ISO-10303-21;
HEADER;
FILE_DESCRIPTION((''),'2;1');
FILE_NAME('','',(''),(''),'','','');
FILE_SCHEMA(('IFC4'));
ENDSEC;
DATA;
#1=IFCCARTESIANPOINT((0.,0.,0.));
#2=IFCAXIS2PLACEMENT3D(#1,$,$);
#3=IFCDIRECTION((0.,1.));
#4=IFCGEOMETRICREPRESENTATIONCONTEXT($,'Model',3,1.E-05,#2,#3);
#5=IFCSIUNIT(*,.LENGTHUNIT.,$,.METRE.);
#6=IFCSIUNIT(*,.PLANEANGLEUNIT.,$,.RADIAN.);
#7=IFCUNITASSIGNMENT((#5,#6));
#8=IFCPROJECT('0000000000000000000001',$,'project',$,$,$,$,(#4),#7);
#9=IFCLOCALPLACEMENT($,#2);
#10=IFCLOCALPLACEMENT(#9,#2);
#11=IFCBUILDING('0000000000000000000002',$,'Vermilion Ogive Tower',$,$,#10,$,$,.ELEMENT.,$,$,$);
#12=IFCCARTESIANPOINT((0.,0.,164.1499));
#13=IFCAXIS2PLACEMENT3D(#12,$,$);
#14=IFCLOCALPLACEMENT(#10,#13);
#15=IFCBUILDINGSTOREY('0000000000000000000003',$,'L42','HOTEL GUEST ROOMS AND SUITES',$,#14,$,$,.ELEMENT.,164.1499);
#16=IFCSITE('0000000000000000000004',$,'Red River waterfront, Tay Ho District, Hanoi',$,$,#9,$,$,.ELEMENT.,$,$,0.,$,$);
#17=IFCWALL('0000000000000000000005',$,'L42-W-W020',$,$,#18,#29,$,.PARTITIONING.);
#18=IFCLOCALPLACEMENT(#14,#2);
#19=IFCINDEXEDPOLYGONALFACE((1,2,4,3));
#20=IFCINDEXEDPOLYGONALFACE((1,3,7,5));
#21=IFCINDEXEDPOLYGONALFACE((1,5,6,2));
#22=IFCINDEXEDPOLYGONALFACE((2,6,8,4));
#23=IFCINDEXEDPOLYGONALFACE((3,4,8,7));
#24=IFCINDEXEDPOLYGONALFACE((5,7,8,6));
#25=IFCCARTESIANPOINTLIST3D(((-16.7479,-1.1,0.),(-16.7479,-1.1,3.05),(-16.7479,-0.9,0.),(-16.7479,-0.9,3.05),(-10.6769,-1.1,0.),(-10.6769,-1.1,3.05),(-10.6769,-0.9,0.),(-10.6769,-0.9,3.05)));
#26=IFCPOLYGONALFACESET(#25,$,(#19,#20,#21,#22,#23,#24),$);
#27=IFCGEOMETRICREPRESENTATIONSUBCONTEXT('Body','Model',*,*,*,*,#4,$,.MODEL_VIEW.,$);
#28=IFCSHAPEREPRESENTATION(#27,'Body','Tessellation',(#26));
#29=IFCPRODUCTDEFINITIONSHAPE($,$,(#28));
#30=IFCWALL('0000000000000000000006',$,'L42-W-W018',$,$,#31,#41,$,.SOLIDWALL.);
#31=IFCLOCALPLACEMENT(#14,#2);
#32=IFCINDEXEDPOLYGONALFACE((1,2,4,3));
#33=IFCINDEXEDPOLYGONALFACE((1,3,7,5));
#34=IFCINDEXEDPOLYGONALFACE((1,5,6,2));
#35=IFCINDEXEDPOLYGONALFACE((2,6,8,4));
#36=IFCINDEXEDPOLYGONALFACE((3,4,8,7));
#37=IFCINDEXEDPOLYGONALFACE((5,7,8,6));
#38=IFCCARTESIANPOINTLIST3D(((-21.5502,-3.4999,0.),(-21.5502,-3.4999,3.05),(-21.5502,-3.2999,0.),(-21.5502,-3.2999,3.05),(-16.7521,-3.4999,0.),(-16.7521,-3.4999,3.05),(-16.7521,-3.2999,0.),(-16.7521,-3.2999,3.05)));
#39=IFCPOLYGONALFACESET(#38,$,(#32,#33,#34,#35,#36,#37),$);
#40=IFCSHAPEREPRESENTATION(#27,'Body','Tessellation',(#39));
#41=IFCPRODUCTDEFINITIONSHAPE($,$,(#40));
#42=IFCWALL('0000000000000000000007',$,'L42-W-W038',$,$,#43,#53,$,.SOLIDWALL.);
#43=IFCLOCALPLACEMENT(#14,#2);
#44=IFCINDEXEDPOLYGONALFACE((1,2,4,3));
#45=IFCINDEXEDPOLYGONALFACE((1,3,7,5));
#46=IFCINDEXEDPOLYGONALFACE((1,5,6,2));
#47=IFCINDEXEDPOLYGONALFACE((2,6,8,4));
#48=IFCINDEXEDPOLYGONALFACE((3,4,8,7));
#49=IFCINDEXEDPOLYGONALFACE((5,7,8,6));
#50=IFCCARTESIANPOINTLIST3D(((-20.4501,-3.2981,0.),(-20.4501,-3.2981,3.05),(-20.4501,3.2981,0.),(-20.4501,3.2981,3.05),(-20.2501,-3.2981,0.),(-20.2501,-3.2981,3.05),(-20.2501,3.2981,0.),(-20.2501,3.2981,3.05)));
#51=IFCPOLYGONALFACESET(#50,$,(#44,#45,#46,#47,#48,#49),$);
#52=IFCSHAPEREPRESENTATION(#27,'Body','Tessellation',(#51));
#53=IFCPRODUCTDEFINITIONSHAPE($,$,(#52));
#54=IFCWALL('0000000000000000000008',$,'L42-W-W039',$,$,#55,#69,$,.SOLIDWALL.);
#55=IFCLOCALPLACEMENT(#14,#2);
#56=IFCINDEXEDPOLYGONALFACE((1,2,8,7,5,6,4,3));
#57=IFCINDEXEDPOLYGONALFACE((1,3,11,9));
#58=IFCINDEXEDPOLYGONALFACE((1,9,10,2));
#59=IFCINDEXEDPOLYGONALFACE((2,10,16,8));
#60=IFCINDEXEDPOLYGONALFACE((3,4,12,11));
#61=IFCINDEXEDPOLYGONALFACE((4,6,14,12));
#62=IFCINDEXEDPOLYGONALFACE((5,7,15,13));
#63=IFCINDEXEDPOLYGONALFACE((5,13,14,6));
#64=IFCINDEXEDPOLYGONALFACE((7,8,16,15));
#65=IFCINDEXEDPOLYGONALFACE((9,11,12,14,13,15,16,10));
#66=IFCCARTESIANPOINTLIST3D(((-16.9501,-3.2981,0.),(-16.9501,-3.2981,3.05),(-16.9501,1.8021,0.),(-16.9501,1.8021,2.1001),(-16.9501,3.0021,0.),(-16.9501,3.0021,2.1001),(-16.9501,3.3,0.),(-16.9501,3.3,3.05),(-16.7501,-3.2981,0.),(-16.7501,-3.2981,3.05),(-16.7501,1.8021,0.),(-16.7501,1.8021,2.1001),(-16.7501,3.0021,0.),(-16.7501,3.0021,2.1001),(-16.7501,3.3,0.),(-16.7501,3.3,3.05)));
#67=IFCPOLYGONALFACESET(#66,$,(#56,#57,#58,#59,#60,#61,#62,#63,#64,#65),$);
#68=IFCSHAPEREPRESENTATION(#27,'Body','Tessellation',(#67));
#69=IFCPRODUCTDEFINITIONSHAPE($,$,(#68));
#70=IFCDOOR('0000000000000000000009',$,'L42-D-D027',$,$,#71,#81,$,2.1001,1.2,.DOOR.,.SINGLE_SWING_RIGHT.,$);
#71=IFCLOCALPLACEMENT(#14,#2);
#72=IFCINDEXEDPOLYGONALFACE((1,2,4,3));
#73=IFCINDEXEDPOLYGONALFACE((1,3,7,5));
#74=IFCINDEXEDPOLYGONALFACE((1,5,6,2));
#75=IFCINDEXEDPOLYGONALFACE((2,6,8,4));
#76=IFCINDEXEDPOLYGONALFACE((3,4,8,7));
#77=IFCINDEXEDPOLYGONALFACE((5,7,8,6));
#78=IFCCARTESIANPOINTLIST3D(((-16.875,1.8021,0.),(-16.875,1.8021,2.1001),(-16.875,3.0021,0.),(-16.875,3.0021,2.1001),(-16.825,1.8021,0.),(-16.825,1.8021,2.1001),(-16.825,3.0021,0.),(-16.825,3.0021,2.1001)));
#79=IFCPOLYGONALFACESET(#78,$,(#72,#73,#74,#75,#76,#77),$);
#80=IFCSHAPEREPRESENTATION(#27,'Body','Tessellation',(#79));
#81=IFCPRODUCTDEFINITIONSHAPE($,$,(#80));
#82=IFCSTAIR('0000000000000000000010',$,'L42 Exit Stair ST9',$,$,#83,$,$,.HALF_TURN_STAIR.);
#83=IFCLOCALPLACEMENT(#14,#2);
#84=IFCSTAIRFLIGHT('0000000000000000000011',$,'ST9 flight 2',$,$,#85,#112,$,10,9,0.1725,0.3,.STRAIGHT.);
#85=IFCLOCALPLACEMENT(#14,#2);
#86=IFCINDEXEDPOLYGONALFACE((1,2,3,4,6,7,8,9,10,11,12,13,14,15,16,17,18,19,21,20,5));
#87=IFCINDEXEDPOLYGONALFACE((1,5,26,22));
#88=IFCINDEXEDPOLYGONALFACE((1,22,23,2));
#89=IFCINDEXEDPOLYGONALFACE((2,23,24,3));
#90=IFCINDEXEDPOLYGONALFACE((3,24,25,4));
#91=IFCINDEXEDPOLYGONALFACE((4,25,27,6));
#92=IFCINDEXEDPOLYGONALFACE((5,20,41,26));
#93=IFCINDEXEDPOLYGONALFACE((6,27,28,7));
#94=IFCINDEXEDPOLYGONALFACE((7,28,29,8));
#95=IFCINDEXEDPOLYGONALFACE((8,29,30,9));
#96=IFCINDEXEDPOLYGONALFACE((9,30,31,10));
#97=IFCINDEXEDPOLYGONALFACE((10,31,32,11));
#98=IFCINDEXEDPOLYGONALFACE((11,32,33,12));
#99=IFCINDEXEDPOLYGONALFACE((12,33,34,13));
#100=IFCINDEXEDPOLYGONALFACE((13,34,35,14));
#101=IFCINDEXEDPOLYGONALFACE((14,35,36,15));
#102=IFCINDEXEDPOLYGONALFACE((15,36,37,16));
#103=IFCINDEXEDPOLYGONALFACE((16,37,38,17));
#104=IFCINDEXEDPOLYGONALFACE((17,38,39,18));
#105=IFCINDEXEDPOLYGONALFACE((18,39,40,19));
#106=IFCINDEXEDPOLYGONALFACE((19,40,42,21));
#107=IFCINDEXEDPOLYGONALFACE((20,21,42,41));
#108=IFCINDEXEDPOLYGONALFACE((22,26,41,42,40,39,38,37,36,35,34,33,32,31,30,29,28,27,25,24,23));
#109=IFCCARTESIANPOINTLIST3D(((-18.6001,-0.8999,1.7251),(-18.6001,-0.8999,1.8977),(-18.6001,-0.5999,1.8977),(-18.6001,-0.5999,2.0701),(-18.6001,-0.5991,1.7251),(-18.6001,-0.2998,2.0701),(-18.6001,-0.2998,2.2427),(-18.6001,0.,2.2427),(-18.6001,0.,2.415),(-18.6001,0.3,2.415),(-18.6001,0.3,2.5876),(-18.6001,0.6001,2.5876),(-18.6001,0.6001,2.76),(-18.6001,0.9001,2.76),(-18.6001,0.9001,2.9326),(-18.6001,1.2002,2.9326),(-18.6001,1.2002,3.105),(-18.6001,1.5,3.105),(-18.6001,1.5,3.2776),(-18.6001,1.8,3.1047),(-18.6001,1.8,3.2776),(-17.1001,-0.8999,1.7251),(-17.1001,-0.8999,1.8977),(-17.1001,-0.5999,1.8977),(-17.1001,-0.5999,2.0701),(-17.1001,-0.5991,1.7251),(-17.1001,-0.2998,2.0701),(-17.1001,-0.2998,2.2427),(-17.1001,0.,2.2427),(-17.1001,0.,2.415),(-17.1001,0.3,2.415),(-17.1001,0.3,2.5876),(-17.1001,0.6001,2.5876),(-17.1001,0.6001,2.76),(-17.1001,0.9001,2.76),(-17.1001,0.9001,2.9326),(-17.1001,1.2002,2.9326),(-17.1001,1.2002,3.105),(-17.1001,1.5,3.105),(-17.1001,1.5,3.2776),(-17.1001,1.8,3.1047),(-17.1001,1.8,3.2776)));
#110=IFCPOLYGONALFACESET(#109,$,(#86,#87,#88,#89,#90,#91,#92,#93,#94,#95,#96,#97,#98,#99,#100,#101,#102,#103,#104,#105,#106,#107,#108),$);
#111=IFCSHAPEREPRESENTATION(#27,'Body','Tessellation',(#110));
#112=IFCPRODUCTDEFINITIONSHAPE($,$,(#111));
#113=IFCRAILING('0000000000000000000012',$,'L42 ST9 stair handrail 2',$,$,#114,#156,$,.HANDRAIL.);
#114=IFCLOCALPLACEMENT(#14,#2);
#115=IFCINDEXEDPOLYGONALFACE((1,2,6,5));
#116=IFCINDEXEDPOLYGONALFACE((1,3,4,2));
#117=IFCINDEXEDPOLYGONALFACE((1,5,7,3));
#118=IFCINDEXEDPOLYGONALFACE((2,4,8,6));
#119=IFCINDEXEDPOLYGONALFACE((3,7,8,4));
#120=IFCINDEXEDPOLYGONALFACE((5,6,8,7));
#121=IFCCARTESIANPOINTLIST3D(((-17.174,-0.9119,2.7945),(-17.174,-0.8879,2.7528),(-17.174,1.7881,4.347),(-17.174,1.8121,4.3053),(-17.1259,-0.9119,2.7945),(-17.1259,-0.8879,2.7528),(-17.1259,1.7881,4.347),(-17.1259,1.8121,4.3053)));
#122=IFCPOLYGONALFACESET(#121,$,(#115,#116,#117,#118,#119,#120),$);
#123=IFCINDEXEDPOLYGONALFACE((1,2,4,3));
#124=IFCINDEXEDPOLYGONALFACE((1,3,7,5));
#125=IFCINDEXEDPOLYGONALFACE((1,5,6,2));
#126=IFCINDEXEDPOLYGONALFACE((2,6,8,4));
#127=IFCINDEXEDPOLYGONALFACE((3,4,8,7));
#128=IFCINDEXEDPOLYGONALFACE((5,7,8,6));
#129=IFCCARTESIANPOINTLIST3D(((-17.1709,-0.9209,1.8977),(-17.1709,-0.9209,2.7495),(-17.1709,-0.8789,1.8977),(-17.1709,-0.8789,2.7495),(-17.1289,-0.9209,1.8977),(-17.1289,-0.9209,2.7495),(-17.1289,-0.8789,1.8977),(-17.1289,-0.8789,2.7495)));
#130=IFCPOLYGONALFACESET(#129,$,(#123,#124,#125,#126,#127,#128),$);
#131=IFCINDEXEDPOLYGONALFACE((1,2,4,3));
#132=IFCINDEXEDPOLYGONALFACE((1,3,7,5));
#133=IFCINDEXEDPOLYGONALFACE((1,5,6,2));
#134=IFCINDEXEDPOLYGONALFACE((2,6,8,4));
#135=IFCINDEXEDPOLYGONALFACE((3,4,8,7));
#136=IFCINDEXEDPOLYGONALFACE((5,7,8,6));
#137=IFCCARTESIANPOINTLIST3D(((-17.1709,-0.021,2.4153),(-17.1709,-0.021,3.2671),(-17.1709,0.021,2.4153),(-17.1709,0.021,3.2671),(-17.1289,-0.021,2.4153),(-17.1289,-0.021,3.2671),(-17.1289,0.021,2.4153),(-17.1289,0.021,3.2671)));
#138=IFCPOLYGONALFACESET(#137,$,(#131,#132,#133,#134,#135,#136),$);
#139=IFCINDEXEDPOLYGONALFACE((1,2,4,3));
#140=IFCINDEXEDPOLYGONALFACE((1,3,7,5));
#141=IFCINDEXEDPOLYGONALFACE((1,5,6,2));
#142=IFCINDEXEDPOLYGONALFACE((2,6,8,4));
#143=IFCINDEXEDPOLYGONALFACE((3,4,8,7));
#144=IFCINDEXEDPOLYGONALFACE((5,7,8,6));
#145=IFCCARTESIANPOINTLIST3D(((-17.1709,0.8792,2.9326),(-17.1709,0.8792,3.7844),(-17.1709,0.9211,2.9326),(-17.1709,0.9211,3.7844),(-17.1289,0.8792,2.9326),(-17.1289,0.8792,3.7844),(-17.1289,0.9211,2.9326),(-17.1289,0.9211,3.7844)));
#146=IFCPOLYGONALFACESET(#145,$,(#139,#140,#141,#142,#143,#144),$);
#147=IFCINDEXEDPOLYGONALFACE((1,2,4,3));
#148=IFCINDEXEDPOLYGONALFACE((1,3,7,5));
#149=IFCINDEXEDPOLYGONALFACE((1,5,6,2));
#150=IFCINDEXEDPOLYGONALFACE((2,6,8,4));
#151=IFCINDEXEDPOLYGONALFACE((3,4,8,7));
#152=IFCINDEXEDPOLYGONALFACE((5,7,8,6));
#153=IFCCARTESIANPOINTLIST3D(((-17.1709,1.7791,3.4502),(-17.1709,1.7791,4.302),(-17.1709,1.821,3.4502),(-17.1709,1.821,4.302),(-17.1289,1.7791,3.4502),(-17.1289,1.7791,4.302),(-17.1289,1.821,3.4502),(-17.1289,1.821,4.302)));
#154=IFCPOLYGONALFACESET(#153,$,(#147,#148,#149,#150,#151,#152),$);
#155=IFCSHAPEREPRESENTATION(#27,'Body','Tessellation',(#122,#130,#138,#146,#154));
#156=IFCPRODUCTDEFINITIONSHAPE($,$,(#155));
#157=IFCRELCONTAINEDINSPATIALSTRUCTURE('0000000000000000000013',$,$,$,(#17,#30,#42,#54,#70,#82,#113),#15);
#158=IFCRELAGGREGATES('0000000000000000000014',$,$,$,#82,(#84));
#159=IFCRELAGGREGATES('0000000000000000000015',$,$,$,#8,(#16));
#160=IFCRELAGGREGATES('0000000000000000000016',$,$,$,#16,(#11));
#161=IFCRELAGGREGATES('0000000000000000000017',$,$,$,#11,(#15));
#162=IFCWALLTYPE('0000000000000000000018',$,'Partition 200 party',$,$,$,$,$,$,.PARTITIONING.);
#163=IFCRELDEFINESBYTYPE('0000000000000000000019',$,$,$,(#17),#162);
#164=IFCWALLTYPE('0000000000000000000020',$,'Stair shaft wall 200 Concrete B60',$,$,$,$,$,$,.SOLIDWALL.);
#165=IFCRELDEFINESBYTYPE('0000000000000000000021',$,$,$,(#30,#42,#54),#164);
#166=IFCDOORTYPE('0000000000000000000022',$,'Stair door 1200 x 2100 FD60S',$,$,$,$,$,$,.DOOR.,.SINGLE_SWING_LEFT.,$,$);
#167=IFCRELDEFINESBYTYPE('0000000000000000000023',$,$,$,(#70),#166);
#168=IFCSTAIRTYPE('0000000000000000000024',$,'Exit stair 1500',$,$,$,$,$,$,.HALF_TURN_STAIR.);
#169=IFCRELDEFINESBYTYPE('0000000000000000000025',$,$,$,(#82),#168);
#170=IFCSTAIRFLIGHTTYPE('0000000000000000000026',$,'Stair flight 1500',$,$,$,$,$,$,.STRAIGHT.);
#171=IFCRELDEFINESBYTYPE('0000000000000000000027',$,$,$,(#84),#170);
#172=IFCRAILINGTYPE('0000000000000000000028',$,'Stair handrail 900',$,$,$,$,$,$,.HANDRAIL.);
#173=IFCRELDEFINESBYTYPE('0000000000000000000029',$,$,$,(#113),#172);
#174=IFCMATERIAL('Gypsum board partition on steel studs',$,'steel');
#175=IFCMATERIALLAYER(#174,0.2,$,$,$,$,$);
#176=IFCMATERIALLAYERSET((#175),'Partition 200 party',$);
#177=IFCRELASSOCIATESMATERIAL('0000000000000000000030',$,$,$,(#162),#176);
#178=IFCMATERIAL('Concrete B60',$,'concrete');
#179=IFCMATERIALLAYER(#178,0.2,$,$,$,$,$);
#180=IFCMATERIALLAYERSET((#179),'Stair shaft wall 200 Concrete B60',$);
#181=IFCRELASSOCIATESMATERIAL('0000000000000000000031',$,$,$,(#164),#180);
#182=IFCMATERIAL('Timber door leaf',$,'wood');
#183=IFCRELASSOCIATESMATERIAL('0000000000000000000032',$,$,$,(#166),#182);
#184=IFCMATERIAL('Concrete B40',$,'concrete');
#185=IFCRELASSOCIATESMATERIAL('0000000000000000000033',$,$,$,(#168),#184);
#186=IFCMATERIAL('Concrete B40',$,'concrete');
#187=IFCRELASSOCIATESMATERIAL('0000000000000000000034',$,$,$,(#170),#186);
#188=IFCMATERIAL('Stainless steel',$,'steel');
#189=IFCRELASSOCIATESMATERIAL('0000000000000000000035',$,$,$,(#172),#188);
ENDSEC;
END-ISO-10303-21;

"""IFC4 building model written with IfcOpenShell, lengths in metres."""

from ifc_helpers import new_model, si_unit, direction, frame, frame_2d, origin, origin_2d, place, context, subcontext, project, spatial, polyline, rectangle, outline, extrude, material, layer, layer_set, type_object, element, fill, aggregate, save


model = new_model("IFC4")

# Units and contexts
model_context = context("Model", 3, precision=1e-05, world=origin(), true_north=direction((0.0, 1.0)))
body_context = subcontext(model_context, "Body", "Model", "MODEL_VIEW")
ifc_project = project(units=[si_unit("LENGTHUNIT", "METRE"), si_unit("PLANEANGLEUNIT", "RADIAN")], contexts=[model_context])

# Site, building, storey
site_placement = place(None, origin())
site = spatial("IfcSite", under=ifc_project, at=site_placement, Name="Red River waterfront, Tay Ho District, Hanoi", CompositionType="ELEMENT", RefElevation=0.0)
building_placement = place(site_placement, origin())
building = spatial("IfcBuilding", under=site, at=building_placement, Name="Vermilion Ogive Tower", CompositionType="ELEMENT")
storey_placement = place(building_placement, frame((0.0, 0.0, 164.1499)))
storey = spatial("IfcBuildingStorey", under=building, at=storey_placement, Name="L42", Description="HOTEL GUEST ROOMS AND SUITES", CompositionType="ELEMENT", Elevation=164.1499)

# Walls
ifc_material_1 = material(Name="Gypsum board partition on steel studs", Category="steel")
ifc_layer_1 = layer(ifc_material_1, 0.2)
ifc_layer_set_1 = layer_set([ifc_layer_1], Name="Partition 200 party")
wall_type_1 = type_object("IfcWallType", Name="Partition 200 party", PredefinedType="PARTITIONING", material=ifc_layer_set_1)
wall_1_placement = place(storey_placement, frame((-16.748, -1.0, 0.0), z_axis=(0.0, 0.0, 1.0), x_axis=(1.0, 0.0, 0.0)))
element("IfcWall", 1, at=wall_1_placement, inside=storey, type_object=wall_type_1, Name="L42-W-W020", PredefinedType="PARTITIONING", context=body_context, shape_type="SweptSolid", body=[
    extrude(rectangle(XDim=6.071, YDim=0.2, at=frame_2d((3.0356, 0.0))), origin(), (0.0, 0.0, 1.0), 3.05),
])
ifc_material_2 = material(Name="Concrete B60", Category="concrete")
ifc_layer_2 = layer(ifc_material_2, 0.2)
ifc_layer_set_2 = layer_set([ifc_layer_2], Name="Stair shaft wall 200 Concrete B60")
wall_type_2 = type_object("IfcWallType", Name="Stair shaft wall 200 Concrete B60", PredefinedType="SOLIDWALL", material=ifc_layer_set_2)
wall_2_placement = place(storey_placement, frame((-21.55, -3.3999, 0.0), z_axis=(0.0, 0.0, 1.0), x_axis=(1.0, 0.0, 0.0)))
element("IfcWall", 2, at=wall_2_placement, inside=storey, type_object=wall_type_2, Name="L42-W-W018", PredefinedType="SOLIDWALL", context=body_context, shape_type="SweptSolid", body=[
    extrude(rectangle(XDim=4.7981, YDim=0.2, at=frame_2d((2.3989, 0.0))), origin(), (0.0, 0.0, 1.0), 3.05),
])
wall_3_placement = place(storey_placement, frame((-20.3501, -3.2981, 0.0), z_axis=(0.0, 0.0, 1.0), x_axis=(0.0, 1.0, 0.0)))
element("IfcWall", 3, at=wall_3_placement, inside=storey, type_object=wall_type_2, Name="L42-W-W038", PredefinedType="SOLIDWALL", context=body_context, shape_type="SweptSolid", body=[
    extrude(rectangle(XDim=6.5962, YDim=0.2, at=frame_2d((3.2981, 0.0))), origin(), (0.0, 0.0, 1.0), 3.05),
])

# Wall, opening, door
wall_4_placement = place(storey_placement, frame((-16.8501, -3.2981, 0.0), z_axis=(0.0, 0.0, 1.0), x_axis=(0.0, 1.0, 0.0)))
wall_4 = element("IfcWall", 4, at=wall_4_placement, inside=storey, type_object=wall_type_2, Name="L42-W-W039", PredefinedType="SOLIDWALL", context=body_context, shape_type="SweptSolid", body=[
    extrude(rectangle(XDim=6.5981, YDim=0.2, at=frame_2d((3.2991, 0.0))), origin(), (0.0, 0.0, 1.0), 3.05),
])
opening_1_placement = place(wall_4_placement, frame((5.1001, 0.0, 0.0)))
opening_1 = element("IfcOpeningElement", 5, at=opening_1_placement, cuts=wall_4, PredefinedType="OPENING", context=body_context, shape_type="SweptSolid", body=[
    extrude(rectangle(XDim=1.2, YDim=2.1001, at=frame_2d((0.6001, 1.05))), frame((0.0, 0.1099, 0.0), z_axis=(0.0, -1.0, 0.0), x_axis=(1.0, 0.0, 0.0)), (0.0, 0.0, 1.0), 0.22),
])
ifc_material_3 = material(Name="Timber door leaf", Category="wood")
door_type_1 = type_object("IfcDoorType", Name="Stair door 1200 x 2100 FD60S", OperationType="SINGLE_SWING_LEFT", PredefinedType="DOOR", material=ifc_material_3)
door_1_placement = place(opening_1_placement, origin())
door_1 = element("IfcDoor", 6, at=door_1_placement, inside=storey, type_object=door_type_1, Name="L42-D-D027", OperationType="SINGLE_SWING_RIGHT", OverallHeight=2.1001, OverallWidth=1.2, PredefinedType="DOOR", context=body_context, shape_type="SweptSolid", body=[
    extrude(rectangle(XDim=1.2, YDim=2.1001, at=frame_2d((0.6001, 1.05))), frame((0.0, 0.0249, 0.0), z_axis=(0.0, -1.0, 0.0), x_axis=(1.0, 0.0, 0.0)), (0.0, 0.0, 1.0), 0.05),
])
fill(opening_1, door_1)

# Stair, stair flight
ifc_material_4 = material(Name="Concrete B40", Category="concrete")
stair_type = type_object("IfcStairType", Name="Exit stair 1500", PredefinedType="HALF_TURN_STAIR", material=ifc_material_4)
stair_placement = place(storey_placement, origin())
stair = element("IfcStair", 7, at=stair_placement, inside=storey, type_object=stair_type, Name="L42 Exit Stair ST9", PredefinedType="HALF_TURN_STAIR")
ifc_material_5 = material(Name="Concrete B40", Category="concrete")
stair_flight_type = type_object("IfcStairFlightType", Name="Stair flight 1500", PredefinedType="STRAIGHT", material=ifc_material_5)
stair_flight_placement = place(storey_placement, frame((-17.8501, -0.8999, 1.7251), z_axis=(0.0, 0.0, 1.0), x_axis=(0.0, 1.0, 0.0)))
stair_flight = element("IfcStairFlight", 8, at=stair_flight_placement, type_object=stair_flight_type, Name="ST9 flight 2", NumberOfRisers=10, NumberOfTreads=9, PredefinedType="STRAIGHT", RiserHeight=0.1725, TreadLength=0.3, context=body_context, shape_type="SweptSolid", body=[
    extrude(outline(polyline([(0.0, 0.0), (0.0, 0.1726), (0.3, 0.1726), (0.3, 0.345), (0.6001, 0.345), (0.6001, 0.5176), (0.8999, 0.5176), (0.8999, 0.6899), (1.2, 0.6899), (1.2, 0.8625), (1.5, 0.8625), (1.5, 1.0349), (1.8, 1.0349), (1.8, 1.2075), (2.1001, 1.2075), (2.1001, 1.3799), (2.3999, 1.3799), (2.3999, 1.5525), (2.7, 1.5525), (2.7, 1.7251), (2.7, 1.3796), (0.3008, 0.0), (0.0, 0.0)])), frame((0.0, 0.75, 0.0), z_axis=(0.0, -1.0, 0.0), x_axis=(1.0, 0.0, 0.0)), (0.0, 0.0, 1.0), 1.5),
])
aggregate(stair, [stair_flight])

# Railing
ifc_material_6 = material(Name="Stainless steel", Category="steel")
railing_type = type_object("IfcRailingType", Name="Stair handrail 900", PredefinedType="HANDRAIL", material=ifc_material_6)
railing_placement = place(storey_placement, frame((-17.1499, -0.8999, 1.8977)))
element("IfcRailing", 9, at=railing_placement, inside=storey, type_object=railing_type, Name="L42 ST9 stair handrail 2", PredefinedType="HANDRAIL", context=body_context, shape_type="SweptSolid", body=[
    extrude(rectangle(XDim=0.0481, YDim=0.0481, at=origin_2d()), frame((0.0, 0.0, 0.876), z_axis=(0.0, 0.866904, 0.498476), x_axis=(-1.0, 0.0, 0.0)), (0.0, 0.0, 1.0), 3.1145),
    extrude(rectangle(XDim=0.042, YDim=0.042, at=origin_2d()), origin(), (0.0, 0.0, 1.0), 0.8518),
    extrude(rectangle(XDim=0.042, YDim=0.042, at=origin_2d()), frame((0.0, 0.8999, 0.5176)), (0.0, 0.0, 1.0), 0.8518),
    extrude(rectangle(XDim=0.042, YDim=0.042, at=origin_2d()), frame((0.0, 1.8, 1.0349)), (0.0, 0.0, 1.0), 0.8518),
    extrude(rectangle(XDim=0.042, YDim=0.042, at=origin_2d()), frame((0.0, 2.7, 1.5525)), (0.0, 0.0, 1.0), 0.8518),
])

save(model, "model.ifc")
